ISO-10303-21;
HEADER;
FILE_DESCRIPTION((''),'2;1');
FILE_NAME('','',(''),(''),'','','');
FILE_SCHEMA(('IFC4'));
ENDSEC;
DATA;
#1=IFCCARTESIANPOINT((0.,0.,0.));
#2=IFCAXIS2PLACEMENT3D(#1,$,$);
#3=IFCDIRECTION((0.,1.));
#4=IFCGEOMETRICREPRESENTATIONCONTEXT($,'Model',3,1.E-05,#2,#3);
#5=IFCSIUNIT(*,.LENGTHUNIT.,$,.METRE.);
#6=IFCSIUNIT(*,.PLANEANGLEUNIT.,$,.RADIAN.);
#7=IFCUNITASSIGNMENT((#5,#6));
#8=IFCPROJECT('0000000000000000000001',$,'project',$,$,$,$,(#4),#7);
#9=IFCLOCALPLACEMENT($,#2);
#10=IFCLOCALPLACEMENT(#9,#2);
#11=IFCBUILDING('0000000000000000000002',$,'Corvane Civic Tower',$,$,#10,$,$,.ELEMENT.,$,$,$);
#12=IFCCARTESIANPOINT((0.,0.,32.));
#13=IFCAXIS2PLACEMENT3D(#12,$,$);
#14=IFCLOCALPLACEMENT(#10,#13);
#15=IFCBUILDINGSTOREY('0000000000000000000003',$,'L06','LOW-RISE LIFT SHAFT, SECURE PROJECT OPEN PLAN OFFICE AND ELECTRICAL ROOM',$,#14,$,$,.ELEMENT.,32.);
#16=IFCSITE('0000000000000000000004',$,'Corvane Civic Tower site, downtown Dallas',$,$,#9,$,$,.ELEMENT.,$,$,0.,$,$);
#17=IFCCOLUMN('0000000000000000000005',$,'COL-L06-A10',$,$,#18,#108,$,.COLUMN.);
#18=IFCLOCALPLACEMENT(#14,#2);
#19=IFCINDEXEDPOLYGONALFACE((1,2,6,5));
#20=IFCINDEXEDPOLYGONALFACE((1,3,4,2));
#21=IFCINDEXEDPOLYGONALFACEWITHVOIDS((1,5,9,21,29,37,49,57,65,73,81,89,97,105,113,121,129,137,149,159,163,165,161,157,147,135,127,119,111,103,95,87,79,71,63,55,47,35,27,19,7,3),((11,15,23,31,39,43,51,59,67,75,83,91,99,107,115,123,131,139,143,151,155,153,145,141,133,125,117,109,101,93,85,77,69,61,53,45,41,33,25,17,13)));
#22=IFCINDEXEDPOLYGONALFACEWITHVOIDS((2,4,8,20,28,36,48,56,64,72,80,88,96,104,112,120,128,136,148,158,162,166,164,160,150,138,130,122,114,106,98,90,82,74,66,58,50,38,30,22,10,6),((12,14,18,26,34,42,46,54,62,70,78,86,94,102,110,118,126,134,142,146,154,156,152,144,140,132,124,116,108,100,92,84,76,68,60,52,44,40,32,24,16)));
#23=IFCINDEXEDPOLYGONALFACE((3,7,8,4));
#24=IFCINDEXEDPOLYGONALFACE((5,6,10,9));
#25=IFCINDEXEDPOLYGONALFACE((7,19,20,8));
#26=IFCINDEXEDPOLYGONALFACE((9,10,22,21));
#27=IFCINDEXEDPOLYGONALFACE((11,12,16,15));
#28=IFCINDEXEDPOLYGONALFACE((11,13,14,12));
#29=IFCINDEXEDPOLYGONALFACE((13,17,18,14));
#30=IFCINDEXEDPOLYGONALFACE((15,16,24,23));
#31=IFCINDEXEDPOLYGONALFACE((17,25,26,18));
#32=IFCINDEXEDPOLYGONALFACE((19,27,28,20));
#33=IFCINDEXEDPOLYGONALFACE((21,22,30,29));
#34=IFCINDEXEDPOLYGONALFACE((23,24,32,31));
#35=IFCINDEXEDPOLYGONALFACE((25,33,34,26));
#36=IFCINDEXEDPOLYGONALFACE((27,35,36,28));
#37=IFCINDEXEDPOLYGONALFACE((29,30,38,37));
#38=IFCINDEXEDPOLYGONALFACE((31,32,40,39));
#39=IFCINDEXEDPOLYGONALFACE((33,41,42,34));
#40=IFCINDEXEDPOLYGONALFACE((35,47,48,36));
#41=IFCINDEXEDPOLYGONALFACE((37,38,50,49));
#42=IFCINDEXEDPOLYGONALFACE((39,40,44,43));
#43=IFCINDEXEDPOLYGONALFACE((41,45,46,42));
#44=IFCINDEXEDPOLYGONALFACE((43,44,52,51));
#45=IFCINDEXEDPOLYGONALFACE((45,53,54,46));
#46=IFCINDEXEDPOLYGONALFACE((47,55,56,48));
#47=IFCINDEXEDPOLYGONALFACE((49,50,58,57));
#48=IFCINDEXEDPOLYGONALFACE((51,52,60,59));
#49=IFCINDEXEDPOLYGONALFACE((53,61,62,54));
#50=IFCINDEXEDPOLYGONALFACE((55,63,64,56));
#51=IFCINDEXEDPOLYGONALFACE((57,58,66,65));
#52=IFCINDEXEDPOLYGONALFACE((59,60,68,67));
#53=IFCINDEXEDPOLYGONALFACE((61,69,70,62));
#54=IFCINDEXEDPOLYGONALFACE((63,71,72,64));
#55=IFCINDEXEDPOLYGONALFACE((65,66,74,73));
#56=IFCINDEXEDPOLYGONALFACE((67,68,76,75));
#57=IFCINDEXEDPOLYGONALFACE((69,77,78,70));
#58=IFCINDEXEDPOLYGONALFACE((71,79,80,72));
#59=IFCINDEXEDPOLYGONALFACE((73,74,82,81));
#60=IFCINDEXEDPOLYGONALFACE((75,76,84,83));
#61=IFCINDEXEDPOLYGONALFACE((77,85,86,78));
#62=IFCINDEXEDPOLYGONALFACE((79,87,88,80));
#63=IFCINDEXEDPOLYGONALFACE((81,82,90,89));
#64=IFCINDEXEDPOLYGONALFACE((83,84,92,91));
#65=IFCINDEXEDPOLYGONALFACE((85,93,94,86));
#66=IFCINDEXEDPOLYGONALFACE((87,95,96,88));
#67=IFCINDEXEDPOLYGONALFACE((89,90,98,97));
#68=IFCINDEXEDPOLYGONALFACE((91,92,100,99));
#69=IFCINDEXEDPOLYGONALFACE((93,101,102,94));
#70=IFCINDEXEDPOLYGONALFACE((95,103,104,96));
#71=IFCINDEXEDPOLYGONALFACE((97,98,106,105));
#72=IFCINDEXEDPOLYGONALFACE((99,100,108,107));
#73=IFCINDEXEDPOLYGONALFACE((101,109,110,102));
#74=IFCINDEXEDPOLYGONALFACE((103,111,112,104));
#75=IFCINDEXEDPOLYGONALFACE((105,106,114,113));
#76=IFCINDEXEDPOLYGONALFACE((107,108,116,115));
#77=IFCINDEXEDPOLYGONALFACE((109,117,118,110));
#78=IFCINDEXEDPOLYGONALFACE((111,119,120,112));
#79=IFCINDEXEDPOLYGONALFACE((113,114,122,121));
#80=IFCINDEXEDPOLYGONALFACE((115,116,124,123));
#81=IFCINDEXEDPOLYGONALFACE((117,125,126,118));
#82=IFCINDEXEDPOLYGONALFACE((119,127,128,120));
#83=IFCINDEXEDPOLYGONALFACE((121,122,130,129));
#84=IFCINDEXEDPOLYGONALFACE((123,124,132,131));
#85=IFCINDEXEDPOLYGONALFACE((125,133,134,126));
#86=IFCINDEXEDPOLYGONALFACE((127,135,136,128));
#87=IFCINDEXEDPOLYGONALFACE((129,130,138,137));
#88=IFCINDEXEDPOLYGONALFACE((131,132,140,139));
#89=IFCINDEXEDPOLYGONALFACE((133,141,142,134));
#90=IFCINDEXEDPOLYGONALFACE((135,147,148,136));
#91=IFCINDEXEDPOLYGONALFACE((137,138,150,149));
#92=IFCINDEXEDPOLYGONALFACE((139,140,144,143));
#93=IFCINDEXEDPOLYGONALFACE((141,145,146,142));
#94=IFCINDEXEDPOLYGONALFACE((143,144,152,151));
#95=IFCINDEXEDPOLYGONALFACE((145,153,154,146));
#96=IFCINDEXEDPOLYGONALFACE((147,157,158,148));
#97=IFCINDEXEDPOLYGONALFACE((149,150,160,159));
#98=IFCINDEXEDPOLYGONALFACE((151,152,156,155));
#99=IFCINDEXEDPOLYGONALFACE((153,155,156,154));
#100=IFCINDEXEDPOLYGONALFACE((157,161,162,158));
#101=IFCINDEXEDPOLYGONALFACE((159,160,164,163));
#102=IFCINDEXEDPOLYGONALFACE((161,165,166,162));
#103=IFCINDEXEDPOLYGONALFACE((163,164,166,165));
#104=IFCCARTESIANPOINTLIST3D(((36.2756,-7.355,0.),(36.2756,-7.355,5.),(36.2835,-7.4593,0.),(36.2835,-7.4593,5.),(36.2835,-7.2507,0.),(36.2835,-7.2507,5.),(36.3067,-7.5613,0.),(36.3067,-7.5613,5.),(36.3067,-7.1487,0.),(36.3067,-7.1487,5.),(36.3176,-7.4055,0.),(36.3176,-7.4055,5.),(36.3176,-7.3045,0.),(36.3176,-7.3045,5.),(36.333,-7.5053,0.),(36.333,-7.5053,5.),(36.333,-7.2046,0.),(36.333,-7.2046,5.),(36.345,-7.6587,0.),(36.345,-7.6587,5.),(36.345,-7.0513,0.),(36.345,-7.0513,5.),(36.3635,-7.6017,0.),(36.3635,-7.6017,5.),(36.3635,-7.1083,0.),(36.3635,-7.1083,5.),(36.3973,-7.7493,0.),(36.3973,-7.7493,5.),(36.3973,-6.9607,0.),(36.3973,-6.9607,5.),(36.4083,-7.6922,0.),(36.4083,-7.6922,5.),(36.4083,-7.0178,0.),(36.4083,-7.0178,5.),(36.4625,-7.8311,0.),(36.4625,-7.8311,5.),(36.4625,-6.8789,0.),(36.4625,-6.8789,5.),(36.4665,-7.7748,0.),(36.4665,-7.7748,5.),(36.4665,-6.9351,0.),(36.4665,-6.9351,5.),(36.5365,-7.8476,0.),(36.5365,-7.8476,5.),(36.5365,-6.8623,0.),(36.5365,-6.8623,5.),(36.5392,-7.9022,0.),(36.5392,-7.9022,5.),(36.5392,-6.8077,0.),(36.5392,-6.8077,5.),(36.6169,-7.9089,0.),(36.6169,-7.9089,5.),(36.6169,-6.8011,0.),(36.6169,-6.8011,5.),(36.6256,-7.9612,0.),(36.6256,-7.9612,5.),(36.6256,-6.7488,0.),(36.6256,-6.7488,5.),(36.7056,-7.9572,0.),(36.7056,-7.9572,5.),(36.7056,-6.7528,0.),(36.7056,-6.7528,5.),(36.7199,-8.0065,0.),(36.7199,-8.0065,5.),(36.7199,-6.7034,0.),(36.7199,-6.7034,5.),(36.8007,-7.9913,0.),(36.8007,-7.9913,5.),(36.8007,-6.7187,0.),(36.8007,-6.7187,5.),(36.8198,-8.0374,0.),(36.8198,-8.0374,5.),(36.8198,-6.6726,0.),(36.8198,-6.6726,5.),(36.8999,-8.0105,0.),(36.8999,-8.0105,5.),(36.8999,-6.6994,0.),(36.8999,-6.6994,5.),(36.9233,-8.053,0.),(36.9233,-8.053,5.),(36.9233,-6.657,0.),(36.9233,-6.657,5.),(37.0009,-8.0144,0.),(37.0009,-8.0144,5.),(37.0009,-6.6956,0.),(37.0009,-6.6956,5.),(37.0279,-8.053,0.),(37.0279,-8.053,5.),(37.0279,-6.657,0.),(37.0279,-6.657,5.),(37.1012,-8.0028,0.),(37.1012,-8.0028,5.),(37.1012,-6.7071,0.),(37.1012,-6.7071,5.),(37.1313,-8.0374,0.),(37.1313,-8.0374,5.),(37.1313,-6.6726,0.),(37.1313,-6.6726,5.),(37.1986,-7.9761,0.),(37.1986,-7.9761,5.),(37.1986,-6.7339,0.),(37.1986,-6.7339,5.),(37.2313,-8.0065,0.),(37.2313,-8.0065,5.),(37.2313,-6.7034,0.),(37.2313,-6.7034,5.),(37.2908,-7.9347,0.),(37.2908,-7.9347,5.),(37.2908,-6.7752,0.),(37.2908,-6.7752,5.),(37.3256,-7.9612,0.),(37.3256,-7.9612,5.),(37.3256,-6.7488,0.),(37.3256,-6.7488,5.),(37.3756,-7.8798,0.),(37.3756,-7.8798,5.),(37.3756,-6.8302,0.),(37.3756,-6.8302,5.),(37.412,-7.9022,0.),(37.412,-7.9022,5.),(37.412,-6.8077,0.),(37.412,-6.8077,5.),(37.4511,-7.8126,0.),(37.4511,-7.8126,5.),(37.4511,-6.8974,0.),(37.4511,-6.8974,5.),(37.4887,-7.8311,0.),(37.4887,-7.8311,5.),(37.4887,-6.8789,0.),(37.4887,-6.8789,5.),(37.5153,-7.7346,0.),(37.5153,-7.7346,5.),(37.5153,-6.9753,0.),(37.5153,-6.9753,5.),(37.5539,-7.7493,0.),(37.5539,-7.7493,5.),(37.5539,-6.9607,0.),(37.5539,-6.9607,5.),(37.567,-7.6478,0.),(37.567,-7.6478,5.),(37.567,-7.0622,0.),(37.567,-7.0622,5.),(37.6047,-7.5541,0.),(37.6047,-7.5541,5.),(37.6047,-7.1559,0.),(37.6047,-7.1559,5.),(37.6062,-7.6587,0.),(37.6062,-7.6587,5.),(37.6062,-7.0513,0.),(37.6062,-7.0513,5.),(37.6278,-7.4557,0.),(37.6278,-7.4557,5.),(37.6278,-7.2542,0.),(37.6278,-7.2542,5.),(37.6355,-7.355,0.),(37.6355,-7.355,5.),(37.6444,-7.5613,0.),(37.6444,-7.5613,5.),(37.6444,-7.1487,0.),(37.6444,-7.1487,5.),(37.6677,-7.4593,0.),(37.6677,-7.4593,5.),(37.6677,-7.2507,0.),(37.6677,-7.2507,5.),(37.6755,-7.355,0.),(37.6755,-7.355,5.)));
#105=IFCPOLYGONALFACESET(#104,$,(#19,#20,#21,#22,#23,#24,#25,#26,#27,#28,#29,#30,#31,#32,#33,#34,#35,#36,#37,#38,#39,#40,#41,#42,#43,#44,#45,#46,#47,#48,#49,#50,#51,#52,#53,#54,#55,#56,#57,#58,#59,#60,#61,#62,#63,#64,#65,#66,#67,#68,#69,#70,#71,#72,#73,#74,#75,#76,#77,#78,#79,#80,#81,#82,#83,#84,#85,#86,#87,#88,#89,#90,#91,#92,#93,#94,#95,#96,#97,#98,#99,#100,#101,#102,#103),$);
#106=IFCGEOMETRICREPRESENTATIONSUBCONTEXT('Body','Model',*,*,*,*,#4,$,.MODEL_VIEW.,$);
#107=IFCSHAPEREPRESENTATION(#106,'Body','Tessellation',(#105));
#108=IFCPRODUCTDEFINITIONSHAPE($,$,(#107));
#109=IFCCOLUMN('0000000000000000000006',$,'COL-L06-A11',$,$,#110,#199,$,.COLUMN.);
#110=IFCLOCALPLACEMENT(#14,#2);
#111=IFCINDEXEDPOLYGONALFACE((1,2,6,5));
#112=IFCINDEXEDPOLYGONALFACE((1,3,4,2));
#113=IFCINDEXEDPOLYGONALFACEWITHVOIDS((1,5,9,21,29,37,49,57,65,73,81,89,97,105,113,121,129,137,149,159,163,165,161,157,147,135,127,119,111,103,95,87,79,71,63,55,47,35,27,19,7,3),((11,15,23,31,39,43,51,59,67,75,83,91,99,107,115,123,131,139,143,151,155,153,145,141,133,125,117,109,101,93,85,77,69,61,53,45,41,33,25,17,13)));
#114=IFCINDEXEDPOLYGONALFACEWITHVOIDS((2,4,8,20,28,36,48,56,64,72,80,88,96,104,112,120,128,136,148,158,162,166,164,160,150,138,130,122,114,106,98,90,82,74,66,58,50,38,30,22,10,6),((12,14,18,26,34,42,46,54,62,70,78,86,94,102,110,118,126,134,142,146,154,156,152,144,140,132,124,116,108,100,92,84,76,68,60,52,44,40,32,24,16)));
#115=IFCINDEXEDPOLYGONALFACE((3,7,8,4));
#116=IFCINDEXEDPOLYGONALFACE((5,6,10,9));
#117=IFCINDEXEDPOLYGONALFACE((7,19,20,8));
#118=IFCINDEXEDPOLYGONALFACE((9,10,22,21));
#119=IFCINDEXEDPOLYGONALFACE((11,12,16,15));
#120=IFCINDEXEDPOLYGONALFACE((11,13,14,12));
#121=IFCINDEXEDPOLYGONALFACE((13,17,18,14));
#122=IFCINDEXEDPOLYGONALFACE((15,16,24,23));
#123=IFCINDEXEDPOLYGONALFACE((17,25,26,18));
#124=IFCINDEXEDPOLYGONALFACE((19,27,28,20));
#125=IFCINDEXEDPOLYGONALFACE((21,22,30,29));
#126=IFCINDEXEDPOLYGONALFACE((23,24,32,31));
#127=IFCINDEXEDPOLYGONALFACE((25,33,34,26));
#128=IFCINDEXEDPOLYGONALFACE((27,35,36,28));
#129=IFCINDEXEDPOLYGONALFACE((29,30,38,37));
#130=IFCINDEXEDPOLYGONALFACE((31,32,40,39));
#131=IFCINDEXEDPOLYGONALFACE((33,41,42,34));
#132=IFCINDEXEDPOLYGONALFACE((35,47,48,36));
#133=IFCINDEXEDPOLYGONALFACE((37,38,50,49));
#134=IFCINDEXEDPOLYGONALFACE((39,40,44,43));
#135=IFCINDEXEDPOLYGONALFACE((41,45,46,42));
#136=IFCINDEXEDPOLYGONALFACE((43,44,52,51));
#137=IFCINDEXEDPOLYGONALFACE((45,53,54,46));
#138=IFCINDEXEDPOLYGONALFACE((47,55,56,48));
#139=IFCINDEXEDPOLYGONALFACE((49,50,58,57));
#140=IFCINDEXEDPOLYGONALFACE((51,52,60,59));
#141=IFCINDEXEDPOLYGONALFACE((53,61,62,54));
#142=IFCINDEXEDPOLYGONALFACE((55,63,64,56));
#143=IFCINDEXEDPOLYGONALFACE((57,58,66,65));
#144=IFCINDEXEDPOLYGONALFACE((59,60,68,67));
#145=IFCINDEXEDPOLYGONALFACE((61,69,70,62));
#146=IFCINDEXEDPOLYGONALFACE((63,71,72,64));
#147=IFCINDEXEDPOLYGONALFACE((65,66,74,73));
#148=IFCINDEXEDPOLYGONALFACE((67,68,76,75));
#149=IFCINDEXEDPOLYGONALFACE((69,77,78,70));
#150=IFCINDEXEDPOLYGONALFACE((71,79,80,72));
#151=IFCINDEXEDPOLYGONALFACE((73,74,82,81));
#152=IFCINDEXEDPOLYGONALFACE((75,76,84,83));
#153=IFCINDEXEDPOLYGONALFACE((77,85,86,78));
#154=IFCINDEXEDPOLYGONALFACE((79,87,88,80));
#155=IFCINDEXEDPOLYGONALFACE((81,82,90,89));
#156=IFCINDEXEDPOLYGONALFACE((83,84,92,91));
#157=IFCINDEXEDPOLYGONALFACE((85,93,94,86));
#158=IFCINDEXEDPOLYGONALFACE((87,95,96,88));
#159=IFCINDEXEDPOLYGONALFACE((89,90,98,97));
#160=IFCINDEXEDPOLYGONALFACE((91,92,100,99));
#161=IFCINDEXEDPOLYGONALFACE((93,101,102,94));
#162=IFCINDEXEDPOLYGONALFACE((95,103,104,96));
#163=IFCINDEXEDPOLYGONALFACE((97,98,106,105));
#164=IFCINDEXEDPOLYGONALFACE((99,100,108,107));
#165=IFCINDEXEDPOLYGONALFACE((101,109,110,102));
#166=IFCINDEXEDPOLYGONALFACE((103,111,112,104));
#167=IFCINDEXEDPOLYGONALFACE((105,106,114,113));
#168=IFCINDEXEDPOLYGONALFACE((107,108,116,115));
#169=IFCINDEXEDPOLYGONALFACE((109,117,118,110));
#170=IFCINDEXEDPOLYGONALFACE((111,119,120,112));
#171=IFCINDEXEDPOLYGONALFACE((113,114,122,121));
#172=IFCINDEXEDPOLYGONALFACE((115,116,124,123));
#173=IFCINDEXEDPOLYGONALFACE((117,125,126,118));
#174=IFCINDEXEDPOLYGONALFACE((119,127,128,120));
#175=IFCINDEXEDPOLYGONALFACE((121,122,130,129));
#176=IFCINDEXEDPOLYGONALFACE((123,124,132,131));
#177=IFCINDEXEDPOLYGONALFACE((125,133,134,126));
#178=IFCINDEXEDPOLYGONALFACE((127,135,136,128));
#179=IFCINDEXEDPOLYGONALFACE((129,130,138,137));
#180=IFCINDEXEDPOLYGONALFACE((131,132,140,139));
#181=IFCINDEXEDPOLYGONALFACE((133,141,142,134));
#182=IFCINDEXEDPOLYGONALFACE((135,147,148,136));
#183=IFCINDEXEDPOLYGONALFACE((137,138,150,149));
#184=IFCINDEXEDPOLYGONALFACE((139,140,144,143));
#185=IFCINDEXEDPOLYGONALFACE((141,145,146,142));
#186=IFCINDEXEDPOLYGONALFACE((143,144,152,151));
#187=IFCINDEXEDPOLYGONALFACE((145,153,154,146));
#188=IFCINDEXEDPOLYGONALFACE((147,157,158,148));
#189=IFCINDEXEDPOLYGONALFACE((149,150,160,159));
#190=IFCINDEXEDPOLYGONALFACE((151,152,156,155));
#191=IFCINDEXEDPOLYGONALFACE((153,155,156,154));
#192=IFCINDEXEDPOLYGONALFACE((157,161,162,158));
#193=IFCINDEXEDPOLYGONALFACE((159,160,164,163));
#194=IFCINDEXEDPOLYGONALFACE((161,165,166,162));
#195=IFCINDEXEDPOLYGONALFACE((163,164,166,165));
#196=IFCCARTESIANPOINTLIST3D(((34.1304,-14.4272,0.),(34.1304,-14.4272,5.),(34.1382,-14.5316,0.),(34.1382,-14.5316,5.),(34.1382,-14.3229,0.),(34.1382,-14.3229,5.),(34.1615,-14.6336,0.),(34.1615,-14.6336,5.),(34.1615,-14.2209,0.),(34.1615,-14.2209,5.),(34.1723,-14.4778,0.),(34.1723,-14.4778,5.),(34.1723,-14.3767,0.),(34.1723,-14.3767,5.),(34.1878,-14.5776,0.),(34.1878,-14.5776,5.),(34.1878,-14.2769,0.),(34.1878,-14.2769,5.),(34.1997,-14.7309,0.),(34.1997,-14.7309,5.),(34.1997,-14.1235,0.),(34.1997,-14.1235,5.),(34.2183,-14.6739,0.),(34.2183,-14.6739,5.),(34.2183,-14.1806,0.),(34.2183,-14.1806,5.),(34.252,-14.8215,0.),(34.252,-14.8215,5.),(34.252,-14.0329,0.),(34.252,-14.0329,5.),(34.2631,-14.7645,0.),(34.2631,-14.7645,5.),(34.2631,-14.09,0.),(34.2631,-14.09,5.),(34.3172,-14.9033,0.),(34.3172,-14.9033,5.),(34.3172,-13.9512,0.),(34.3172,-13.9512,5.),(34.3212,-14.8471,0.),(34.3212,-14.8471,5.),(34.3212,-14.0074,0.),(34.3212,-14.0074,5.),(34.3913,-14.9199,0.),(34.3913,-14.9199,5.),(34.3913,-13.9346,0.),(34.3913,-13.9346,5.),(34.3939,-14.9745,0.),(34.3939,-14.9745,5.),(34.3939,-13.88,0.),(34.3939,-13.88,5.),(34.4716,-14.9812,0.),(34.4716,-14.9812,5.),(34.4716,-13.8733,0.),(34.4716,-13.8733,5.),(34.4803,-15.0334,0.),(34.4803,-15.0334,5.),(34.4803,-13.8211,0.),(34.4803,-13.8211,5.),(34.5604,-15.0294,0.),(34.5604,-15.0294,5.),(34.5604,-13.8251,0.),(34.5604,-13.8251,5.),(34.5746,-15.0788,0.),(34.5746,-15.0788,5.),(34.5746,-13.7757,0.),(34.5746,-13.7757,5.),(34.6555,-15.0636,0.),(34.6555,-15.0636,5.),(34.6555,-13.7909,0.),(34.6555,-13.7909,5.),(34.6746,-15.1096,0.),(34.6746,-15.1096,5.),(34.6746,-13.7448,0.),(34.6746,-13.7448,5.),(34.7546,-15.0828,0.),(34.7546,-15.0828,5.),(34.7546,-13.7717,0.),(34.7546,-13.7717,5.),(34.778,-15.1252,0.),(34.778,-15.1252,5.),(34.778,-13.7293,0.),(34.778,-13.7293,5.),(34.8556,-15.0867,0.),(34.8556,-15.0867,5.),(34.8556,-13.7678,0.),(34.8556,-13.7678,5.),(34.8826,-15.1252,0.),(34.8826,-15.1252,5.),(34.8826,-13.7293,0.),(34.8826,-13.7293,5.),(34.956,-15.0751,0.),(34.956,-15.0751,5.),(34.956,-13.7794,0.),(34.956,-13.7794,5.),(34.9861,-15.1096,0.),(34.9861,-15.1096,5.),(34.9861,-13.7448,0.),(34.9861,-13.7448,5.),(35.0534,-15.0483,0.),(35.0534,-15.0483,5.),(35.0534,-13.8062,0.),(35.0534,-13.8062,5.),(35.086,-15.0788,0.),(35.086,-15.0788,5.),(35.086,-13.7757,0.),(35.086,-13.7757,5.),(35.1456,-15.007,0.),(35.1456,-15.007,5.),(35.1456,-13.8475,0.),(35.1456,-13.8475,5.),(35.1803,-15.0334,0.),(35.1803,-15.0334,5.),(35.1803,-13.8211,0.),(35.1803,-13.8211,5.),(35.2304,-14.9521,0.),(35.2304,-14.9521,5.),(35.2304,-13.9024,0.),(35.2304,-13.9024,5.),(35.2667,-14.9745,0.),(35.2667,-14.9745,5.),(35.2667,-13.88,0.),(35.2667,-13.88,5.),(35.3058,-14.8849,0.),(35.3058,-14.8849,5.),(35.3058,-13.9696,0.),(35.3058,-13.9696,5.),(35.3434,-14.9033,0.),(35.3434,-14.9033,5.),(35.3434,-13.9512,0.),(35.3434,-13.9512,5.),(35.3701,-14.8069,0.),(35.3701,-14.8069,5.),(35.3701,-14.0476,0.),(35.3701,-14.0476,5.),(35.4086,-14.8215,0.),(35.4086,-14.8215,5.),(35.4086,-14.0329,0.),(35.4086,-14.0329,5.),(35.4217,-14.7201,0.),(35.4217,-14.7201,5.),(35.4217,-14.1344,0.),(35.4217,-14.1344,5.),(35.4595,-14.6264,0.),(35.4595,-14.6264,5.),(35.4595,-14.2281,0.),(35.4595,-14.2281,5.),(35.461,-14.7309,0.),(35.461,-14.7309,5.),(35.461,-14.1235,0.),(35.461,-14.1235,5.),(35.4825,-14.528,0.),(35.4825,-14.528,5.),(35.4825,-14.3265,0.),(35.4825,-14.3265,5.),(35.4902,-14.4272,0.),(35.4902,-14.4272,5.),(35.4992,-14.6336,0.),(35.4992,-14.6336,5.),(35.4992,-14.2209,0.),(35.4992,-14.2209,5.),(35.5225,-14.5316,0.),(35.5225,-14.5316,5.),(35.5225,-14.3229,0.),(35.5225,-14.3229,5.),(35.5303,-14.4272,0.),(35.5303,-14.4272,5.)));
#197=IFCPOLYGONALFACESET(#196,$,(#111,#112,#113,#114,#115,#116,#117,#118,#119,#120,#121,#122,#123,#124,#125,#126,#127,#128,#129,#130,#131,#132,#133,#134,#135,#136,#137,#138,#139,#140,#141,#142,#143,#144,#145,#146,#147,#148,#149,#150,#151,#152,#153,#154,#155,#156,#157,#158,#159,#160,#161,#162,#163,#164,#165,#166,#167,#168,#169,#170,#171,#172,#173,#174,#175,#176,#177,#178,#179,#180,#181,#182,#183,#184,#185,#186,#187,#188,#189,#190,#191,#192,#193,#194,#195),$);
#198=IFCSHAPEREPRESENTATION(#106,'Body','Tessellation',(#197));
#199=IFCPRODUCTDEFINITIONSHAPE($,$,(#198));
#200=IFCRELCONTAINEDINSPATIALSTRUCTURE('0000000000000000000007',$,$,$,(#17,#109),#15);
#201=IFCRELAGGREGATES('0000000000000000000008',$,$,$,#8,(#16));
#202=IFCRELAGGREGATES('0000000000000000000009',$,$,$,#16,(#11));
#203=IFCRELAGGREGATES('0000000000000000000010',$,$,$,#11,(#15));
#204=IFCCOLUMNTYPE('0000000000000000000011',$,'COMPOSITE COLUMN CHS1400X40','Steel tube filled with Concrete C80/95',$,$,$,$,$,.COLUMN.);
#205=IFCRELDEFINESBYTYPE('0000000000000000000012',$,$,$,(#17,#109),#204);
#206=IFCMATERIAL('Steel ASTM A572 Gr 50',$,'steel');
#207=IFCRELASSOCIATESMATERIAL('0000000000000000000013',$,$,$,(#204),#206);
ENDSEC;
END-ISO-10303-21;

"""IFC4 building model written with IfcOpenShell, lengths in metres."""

from ifc_helpers import new_model, si_unit, direction, frame, origin, origin_2d, place, context, subcontext, project, spatial, hollow_circle, extrude, material, material_profile, profile_set, type_object, element, save


model = new_model("IFC4")

# Units and contexts
model_context = context("Model", 3, precision=1e-05, world=origin(), true_north=direction((0.0, 1.0)))
body_context = subcontext(model_context, "Body", "Model", "MODEL_VIEW")
ifc_project = project(units=[si_unit("LENGTHUNIT", "METRE"), si_unit("PLANEANGLEUNIT", "RADIAN")], contexts=[model_context])

# Site, building, storey
site_placement = place(None, origin())
site = spatial("IfcSite", under=ifc_project, at=site_placement, Name="Corvane Civic Tower site, downtown Dallas", CompositionType="ELEMENT", RefElevation=0.0)
building_placement = place(site_placement, origin())
building = spatial("IfcBuilding", under=site, at=building_placement, Name="Corvane Civic Tower", CompositionType="ELEMENT")
storey_placement = place(building_placement, frame((0.0, 0.0, 32.0)))
storey = spatial("IfcBuildingStorey", under=building, at=storey_placement, Name="L06", Description="LOW-RISE LIFT SHAFT, SECURE PROJECT OPEN PLAN OFFICE AND ELECTRICAL ROOM", CompositionType="ELEMENT", Elevation=32.0)

# Columns
ifc_material_1 = material(Name="Steel ASTM A572 Gr 50", Category="steel")
ifc_material_profile_1 = material_profile(ifc_material_1, hollow_circle(Radius=0.7, WallThickness=0.04, at=origin_2d()), Name="CHS1400X40")
ifc_profile_set_1 = profile_set([ifc_material_profile_1], Name="Steel ASTM A572 Gr 50")
column_type_1 = type_object("IfcColumnType", Name="COMPOSITE COLUMN CHS1400X40", Description="Steel tube filled with Concrete C80/95", PredefinedType="COLUMN", material=ifc_profile_set_1)
for number, where, z_axis, x_axis, name in (
    (1, (36.9756, -7.355, 0.0), (0.0, 0.0, 1.0), (1.0, 0.0, 0.0), "COL-L06-A10"),
    (2, (34.8303, -14.4272, 0.0), (0.0, 0.0, 1.0), (1.0, 0.0, 0.0), "COL-L06-A11"),
):
    element("IfcColumn", number, at=place(storey_placement, frame(where, z_axis=z_axis, x_axis=x_axis)), inside=storey, type_object=column_type_1, Name=name, PredefinedType="COLUMN", context=body_context, shape_type="SweptSolid", body=[
        extrude(hollow_circle(Radius=0.7, WallThickness=0.04, at=origin_2d()), origin(), (0.0, 0.0, 1.0), 5.0),
    ])

save(model, "model.ifc")
